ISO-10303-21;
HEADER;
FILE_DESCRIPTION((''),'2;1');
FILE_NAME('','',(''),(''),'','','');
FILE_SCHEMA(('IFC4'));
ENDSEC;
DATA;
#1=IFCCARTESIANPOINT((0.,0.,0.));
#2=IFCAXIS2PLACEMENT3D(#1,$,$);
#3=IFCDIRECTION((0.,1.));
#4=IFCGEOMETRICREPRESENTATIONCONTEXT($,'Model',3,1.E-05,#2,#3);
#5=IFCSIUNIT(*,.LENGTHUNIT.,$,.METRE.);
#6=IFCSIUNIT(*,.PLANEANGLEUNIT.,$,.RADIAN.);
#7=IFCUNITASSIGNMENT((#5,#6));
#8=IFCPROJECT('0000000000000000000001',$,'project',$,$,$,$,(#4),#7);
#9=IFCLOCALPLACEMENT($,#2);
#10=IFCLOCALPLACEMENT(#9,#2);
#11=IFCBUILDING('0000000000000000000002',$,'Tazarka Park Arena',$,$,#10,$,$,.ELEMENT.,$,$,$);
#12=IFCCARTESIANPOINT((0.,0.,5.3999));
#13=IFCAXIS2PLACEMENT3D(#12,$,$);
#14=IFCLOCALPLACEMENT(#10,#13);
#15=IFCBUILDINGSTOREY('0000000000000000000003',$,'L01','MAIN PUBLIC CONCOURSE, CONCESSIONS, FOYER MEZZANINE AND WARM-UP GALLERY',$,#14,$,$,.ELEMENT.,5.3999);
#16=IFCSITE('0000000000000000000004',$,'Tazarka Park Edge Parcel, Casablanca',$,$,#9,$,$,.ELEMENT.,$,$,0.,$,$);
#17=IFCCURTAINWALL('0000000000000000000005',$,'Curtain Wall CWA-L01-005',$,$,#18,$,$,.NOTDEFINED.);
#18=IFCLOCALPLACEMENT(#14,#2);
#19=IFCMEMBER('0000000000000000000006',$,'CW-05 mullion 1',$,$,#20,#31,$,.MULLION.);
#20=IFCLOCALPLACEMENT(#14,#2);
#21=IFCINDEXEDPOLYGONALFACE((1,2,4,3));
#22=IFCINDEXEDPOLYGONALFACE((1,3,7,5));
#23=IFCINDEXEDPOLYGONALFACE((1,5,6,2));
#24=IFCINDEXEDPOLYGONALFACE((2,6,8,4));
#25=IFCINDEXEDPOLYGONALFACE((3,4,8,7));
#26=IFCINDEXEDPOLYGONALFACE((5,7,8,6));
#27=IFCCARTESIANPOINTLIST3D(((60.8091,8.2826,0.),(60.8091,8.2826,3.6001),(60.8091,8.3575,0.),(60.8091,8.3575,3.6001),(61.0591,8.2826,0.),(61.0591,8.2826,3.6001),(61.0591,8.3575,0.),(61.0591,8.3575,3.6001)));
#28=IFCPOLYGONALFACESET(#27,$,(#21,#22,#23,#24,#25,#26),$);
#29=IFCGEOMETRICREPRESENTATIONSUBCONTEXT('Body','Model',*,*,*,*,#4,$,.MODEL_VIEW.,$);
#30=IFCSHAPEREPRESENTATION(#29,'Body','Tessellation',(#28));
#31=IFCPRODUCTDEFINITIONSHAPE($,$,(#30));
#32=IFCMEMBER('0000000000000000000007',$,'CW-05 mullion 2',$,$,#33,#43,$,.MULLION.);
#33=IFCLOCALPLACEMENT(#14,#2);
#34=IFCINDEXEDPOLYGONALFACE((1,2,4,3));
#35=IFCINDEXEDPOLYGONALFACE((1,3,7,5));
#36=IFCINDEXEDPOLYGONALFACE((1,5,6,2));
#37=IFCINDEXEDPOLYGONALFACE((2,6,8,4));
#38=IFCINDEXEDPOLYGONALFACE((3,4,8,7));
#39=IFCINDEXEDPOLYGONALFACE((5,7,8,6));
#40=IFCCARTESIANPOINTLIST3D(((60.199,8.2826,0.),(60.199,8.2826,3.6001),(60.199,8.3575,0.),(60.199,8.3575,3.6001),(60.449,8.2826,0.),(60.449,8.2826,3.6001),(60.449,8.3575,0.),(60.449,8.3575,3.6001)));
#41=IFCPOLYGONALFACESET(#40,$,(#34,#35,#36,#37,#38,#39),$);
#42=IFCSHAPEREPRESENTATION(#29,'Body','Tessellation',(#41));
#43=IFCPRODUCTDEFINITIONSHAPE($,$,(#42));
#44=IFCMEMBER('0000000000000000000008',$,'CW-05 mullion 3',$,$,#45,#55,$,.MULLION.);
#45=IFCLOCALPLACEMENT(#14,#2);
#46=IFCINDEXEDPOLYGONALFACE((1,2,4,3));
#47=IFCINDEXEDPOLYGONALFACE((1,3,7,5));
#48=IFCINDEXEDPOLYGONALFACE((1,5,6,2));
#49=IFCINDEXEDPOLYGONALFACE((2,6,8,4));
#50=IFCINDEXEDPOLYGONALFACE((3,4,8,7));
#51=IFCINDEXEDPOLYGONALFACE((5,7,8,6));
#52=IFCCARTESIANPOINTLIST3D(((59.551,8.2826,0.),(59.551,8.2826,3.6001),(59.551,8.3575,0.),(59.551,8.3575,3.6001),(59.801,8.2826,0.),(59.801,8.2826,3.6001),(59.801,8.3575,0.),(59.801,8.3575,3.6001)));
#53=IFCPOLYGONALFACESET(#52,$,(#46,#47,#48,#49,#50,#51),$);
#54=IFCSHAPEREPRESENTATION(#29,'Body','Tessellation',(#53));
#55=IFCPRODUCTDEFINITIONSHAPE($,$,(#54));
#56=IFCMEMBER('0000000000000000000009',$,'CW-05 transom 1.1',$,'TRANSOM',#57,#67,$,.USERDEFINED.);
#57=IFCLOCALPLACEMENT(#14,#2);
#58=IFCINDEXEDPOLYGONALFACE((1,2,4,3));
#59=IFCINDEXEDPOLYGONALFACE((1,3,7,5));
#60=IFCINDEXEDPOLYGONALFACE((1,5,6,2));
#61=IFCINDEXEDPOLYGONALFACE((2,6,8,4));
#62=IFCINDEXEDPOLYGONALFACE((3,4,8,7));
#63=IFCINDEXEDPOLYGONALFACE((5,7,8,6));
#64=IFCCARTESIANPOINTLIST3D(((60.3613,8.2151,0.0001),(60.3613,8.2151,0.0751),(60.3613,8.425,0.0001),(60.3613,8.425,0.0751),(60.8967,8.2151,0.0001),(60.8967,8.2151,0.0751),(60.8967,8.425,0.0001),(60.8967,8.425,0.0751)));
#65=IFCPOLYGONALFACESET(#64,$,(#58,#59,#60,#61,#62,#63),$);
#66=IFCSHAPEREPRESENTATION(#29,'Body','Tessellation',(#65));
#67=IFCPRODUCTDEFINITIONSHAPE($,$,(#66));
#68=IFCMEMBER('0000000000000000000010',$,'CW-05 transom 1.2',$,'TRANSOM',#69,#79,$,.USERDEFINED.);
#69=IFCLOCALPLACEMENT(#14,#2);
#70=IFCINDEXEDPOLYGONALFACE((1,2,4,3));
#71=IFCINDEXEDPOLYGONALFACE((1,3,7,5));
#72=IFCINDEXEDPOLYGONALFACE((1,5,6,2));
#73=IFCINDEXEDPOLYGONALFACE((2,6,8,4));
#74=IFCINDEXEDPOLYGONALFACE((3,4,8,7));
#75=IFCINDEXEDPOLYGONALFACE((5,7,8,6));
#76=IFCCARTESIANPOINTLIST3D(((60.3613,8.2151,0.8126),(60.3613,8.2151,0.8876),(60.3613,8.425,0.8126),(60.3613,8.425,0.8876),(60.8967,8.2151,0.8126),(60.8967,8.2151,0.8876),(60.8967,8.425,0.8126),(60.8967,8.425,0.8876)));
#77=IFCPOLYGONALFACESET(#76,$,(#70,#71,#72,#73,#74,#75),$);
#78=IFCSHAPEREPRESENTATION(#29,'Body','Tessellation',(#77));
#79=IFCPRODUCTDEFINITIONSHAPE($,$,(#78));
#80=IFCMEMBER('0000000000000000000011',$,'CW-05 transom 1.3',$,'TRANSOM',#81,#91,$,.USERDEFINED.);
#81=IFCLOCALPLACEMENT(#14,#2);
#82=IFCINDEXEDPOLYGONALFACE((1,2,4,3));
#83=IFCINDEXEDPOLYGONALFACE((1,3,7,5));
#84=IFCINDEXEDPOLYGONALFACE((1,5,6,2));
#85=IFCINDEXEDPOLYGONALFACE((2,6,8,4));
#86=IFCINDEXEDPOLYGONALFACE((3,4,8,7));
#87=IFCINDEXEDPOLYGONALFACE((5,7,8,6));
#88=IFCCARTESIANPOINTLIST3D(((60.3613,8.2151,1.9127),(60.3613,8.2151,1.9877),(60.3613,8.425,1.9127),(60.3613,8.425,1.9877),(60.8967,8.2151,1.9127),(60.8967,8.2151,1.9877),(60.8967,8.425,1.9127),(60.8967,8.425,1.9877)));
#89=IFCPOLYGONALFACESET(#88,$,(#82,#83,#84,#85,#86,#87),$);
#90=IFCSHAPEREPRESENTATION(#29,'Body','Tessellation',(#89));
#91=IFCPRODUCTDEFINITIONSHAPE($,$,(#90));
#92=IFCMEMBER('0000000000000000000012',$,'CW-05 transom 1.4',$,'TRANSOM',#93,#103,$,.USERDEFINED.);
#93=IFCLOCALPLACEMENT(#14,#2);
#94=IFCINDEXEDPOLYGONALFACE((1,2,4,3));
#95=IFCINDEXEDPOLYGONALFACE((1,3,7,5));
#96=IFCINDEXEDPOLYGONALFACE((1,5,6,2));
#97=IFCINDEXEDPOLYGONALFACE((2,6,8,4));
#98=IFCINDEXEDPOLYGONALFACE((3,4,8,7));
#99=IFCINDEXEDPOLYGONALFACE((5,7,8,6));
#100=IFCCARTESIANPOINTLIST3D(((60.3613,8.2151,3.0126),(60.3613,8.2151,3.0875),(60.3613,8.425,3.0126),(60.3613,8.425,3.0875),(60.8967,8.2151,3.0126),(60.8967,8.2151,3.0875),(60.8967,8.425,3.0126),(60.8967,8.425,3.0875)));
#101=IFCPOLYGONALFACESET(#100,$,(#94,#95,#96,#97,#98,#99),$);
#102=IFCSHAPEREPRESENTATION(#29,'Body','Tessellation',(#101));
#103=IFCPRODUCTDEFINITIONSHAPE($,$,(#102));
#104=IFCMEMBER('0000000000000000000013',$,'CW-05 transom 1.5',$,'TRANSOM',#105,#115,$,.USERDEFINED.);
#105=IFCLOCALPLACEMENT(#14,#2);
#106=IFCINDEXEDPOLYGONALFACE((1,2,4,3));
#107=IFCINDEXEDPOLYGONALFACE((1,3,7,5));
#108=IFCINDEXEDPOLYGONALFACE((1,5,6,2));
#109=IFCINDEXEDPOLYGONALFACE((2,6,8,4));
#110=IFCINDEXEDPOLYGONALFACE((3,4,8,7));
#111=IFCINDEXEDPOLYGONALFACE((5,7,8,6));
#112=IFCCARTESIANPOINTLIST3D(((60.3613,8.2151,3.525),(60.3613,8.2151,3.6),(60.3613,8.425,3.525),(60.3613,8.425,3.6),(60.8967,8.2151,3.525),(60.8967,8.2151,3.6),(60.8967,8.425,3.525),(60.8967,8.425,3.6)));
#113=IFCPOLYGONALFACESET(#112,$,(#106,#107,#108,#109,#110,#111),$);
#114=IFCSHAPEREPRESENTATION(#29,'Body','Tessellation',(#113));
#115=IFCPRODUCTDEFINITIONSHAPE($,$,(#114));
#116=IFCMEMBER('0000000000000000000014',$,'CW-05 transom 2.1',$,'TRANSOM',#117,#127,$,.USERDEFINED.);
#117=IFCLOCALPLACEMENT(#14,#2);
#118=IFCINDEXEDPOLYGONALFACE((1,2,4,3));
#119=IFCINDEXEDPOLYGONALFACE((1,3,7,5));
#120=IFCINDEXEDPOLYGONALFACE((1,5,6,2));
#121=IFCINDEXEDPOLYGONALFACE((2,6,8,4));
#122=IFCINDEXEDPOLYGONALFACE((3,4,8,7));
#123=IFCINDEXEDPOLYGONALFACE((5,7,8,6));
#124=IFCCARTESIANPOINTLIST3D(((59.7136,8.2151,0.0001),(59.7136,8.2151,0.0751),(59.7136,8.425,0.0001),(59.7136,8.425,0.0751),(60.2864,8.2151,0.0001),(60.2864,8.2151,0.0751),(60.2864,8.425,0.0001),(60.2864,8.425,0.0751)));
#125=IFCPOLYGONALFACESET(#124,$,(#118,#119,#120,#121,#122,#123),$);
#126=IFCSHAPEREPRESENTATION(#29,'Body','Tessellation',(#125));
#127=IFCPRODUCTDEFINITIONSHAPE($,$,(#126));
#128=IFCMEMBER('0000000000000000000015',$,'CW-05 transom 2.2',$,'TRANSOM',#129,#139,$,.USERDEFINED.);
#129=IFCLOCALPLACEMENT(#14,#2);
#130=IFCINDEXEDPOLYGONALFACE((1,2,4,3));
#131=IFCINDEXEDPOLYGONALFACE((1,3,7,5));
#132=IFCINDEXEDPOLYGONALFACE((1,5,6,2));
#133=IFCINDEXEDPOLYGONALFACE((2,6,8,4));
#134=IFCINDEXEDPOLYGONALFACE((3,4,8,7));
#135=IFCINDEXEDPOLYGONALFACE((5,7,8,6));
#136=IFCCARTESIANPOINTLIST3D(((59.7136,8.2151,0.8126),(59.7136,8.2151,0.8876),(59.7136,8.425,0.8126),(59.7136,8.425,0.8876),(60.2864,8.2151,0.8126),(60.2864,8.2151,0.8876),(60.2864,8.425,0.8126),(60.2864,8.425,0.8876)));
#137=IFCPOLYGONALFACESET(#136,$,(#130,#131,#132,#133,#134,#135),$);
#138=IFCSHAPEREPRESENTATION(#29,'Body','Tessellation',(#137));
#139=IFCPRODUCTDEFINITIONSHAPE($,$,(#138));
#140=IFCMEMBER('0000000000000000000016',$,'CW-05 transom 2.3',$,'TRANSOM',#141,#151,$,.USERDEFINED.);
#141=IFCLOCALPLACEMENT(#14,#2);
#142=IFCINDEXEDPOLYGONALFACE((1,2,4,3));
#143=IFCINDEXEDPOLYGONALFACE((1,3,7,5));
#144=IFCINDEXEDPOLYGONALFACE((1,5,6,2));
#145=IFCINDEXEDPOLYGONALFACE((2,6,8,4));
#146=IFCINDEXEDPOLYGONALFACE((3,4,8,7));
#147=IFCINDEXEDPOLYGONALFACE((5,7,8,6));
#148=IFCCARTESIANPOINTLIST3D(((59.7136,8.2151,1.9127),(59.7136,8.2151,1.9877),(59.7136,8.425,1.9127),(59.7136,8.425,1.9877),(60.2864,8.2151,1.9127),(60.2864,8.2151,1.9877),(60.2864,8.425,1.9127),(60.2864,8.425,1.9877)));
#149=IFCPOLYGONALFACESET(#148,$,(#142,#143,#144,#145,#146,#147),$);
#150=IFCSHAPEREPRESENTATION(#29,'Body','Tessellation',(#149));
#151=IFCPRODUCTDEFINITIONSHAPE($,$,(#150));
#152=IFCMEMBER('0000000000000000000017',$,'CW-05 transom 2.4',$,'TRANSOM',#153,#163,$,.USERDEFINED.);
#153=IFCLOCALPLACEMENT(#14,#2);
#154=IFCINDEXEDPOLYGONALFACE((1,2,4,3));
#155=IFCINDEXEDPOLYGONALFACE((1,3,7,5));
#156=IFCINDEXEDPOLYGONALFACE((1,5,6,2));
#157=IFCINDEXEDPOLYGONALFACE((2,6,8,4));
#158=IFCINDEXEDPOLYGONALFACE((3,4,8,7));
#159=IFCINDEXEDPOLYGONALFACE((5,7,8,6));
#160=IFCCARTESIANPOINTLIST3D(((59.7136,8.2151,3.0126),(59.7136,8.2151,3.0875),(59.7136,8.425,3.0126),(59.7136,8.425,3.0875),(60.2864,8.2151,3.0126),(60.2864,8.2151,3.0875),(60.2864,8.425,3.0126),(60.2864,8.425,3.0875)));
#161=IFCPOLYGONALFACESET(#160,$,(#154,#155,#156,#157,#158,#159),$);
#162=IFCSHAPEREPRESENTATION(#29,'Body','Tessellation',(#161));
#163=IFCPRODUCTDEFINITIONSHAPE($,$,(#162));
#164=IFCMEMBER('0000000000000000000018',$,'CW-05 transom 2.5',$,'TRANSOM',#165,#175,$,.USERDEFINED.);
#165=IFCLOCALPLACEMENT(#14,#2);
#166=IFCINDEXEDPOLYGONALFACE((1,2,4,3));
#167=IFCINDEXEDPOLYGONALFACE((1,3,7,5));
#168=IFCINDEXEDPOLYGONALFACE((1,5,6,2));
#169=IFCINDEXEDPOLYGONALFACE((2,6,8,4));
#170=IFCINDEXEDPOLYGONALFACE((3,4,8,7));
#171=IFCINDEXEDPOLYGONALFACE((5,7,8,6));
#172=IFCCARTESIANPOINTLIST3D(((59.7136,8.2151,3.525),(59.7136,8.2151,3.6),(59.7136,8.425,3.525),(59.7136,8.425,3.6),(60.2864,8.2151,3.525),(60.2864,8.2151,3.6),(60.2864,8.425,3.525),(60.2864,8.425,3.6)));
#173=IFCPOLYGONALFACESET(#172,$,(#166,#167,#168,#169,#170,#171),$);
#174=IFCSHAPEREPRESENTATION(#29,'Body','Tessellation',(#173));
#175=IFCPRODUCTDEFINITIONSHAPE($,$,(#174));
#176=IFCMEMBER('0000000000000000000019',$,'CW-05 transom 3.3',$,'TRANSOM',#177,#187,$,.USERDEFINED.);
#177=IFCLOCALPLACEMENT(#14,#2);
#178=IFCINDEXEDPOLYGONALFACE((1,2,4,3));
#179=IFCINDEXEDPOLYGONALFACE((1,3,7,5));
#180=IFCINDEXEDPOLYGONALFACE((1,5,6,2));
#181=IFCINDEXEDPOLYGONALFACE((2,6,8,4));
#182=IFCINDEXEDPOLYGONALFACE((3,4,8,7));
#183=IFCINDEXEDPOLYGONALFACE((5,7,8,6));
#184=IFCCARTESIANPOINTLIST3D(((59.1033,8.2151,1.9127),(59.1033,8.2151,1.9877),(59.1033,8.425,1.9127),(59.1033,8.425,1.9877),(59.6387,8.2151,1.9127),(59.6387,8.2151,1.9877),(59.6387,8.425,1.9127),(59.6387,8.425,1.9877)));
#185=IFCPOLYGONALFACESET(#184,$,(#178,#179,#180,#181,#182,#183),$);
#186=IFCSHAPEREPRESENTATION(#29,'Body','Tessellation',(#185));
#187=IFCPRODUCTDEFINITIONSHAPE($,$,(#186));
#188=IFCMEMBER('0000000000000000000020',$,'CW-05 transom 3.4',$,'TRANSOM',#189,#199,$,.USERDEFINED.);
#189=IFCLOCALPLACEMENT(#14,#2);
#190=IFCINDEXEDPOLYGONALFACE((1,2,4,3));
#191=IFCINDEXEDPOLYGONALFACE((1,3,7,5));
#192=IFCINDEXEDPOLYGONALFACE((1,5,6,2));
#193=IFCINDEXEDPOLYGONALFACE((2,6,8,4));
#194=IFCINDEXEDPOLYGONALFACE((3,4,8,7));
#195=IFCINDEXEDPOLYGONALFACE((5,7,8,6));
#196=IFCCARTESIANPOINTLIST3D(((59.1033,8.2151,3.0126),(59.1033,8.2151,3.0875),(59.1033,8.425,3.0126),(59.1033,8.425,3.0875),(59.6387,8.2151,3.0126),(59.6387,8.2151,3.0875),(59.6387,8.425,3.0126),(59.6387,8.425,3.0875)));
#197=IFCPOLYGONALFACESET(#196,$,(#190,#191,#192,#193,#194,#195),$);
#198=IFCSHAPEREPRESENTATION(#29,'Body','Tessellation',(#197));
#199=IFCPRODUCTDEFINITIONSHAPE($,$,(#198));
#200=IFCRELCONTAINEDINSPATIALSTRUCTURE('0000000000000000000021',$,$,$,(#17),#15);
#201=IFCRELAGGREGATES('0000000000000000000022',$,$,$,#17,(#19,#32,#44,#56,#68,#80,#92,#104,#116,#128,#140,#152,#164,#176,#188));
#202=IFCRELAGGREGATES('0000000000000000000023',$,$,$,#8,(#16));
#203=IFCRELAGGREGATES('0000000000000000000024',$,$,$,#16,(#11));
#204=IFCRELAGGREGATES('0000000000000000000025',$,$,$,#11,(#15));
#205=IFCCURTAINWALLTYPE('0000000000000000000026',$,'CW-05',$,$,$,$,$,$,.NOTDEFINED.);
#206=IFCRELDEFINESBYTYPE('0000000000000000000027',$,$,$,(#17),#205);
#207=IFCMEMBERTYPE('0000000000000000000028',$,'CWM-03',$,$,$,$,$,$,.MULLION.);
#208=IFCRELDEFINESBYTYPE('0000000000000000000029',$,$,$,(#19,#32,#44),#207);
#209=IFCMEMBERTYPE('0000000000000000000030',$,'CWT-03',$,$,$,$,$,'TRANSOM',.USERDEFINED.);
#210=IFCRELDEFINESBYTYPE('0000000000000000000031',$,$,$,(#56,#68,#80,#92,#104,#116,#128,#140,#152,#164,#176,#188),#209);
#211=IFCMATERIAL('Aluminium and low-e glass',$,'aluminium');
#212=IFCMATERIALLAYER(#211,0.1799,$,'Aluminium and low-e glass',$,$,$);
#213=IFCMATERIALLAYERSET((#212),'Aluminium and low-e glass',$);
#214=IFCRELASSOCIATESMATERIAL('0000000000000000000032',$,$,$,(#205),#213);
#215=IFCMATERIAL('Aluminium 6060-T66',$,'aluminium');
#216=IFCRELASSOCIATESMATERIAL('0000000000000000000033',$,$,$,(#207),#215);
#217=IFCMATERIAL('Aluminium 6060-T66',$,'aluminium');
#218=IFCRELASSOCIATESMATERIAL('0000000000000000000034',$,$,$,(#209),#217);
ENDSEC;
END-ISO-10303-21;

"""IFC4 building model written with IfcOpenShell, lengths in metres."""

from ifc_helpers import new_model, si_unit, direction, frame, origin, origin_2d, place, context, subcontext, project, spatial, rectangle, extrude, material, layer, layer_set, material_profile, profile_set, type_object, element, aggregate, save


model = new_model("IFC4")

# Units and contexts
model_context = context("Model", 3, precision=1e-05, world=origin(), true_north=direction((0.0, 1.0)))
body_context = subcontext(model_context, "Body", "Model", "MODEL_VIEW")
ifc_project = project(units=[si_unit("LENGTHUNIT", "METRE"), si_unit("PLANEANGLEUNIT", "RADIAN")], contexts=[model_context])

# Site, building, storey
site_placement = place(None, origin())
site = spatial("IfcSite", under=ifc_project, at=site_placement, Name="Tazarka Park Edge Parcel, Casablanca", CompositionType="ELEMENT", RefElevation=0.0)
building_placement = place(site_placement, origin())
building = spatial("IfcBuilding", under=site, at=building_placement, Name="Tazarka Park Arena", CompositionType="ELEMENT")
storey_placement = place(building_placement, frame((0.0, 0.0, 5.3999)))
storey = spatial("IfcBuildingStorey", under=building, at=storey_placement, Name="L01", Description="MAIN PUBLIC CONCOURSE, CONCESSIONS, FOYER MEZZANINE AND WARM-UP GALLERY", CompositionType="ELEMENT", Elevation=5.3999)

# Curtain wall, members
ifc_material_1 = material(Name="Aluminium and low-e glass", Category="aluminium")
ifc_layer_1 = layer(ifc_material_1, 0.1799, Name="Aluminium and low-e glass")
ifc_layer_set_1 = layer_set([ifc_layer_1], Name="Aluminium and low-e glass")
curtain_wall_type = type_object("IfcCurtainWallType", Name="CW-05", PredefinedType="NOTDEFINED", material=ifc_layer_set_1)
curtain_wall_placement = place(storey_placement, origin())
curtain_wall = element("IfcCurtainWall", 1, at=curtain_wall_placement, inside=storey, type_object=curtain_wall_type, Name="Curtain Wall CWA-L01-005", PredefinedType="NOTDEFINED")
ifc_material_2 = material(Name="Aluminium 6060-T66", Category="aluminium")
ifc_material_profile_1 = material_profile(ifc_material_2, rectangle(XDim=0.075, YDim=0.25, at=origin_2d()), Name="Aluminium 6060-T66")
ifc_profile_set_1 = profile_set([ifc_material_profile_1], Name="Aluminium 6060-T66")
member_type_1 = type_object("IfcMemberType", Name="CWM-03", PredefinedType="MULLION", material=ifc_profile_set_1)
member_1_placement = place(storey_placement, frame((60.9341, 8.3201, 0.0), z_axis=(0.0, 0.0, 1.0), x_axis=(0.0, -1.0, 0.0)))
member_1 = element("IfcMember", 2, at=member_1_placement, type_object=member_type_1, Name="CW-05 mullion 1", PredefinedType="MULLION", context=body_context, shape_type="SweptSolid", body=[
    extrude(rectangle(XDim=0.075, YDim=0.25, at=origin_2d()), origin(), (0.0, 0.0, 1.0), 3.6001),
])
member_2_placement = place(storey_placement, frame((60.324, 8.3201, 0.0), z_axis=(0.0, 0.0, 1.0), x_axis=(0.0, -1.0, 0.0)))
member_2 = element("IfcMember", 3, at=member_2_placement, type_object=member_type_1, Name="CW-05 mullion 2", PredefinedType="MULLION", context=body_context, shape_type="SweptSolid", body=[
    extrude(rectangle(XDim=0.075, YDim=0.25, at=origin_2d()), origin(), (0.0, 0.0, 1.0), 3.6001),
])
member_3_placement = place(storey_placement, frame((59.676, 8.3201, 0.0), z_axis=(0.0, 0.0, 1.0), x_axis=(0.0, -1.0, 0.0)))
member_3 = element("IfcMember", 4, at=member_3_placement, type_object=member_type_1, Name="CW-05 mullion 3", PredefinedType="MULLION", context=body_context, shape_type="SweptSolid", body=[
    extrude(rectangle(XDim=0.075, YDim=0.25, at=origin_2d()), origin(), (0.0, 0.0, 1.0), 3.6001),
])
ifc_material_3 = material(Name="Aluminium 6060-T66", Category="aluminium")
ifc_material_profile_2 = material_profile(ifc_material_3, rectangle(XDim=0.21, YDim=0.075, at=origin_2d()), Name="Aluminium 6060-T66")
ifc_profile_set_2 = profile_set([ifc_material_profile_2], Name="Aluminium 6060-T66")
member_type_2 = type_object("IfcMemberType", Name="CWT-03", ElementType="TRANSOM", PredefinedType="USERDEFINED", material=ifc_profile_set_2)
member_4_placement = place(storey_placement, frame((60.8967, 8.3201, 0.0376), z_axis=(-1.0, 0.0, 0.0), x_axis=(0.0, -1.0, 0.0)))
member_4 = element("IfcMember", 5, at=member_4_placement, type_object=member_type_2, Name="CW-05 transom 1.1", ObjectType="TRANSOM", PredefinedType="USERDEFINED", context=body_context, shape_type="SweptSolid", body=[
    extrude(rectangle(XDim=0.21, YDim=0.075, at=origin_2d()), origin(), (0.0, 0.0, 1.0), 0.5354),
])
member_5_placement = place(storey_placement, frame((60.8967, 8.3201, 0.8501), z_axis=(-1.0, 0.0, 0.0), x_axis=(0.0, -1.0, 0.0)))
member_5 = element("IfcMember", 6, at=member_5_placement, type_object=member_type_2, Name="CW-05 transom 1.2", ObjectType="TRANSOM", PredefinedType="USERDEFINED", context=body_context, shape_type="SweptSolid", body=[
    extrude(rectangle(XDim=0.21, YDim=0.075, at=origin_2d()), origin(), (0.0, 0.0, 1.0), 0.5354),
])
member_6_placement = place(storey_placement, frame((60.8967, 8.3201, 1.9502), z_axis=(-1.0, 0.0, 0.0), x_axis=(0.0, -1.0, 0.0)))
member_6 = element("IfcMember", 7, at=member_6_placement, type_object=member_type_2, Name="CW-05 transom 1.3", ObjectType="TRANSOM", PredefinedType="USERDEFINED", context=body_context, shape_type="SweptSolid", body=[
    extrude(rectangle(XDim=0.21, YDim=0.075, at=origin_2d()), origin(), (0.0, 0.0, 1.0), 0.5354),
])
member_7_placement = place(storey_placement, frame((60.8967, 8.3201, 3.05), z_axis=(-1.0, 0.0, 0.0), x_axis=(0.0, -1.0, 0.0)))
member_7 = element("IfcMember", 8, at=member_7_placement, type_object=member_type_2, Name="CW-05 transom 1.4", ObjectType="TRANSOM", PredefinedType="USERDEFINED", context=body_context, shape_type="SweptSolid", body=[
    extrude(rectangle(XDim=0.21, YDim=0.075, at=origin_2d()), origin(), (0.0, 0.0, 1.0), 0.5354),
])
member_8_placement = place(storey_placement, frame((60.8967, 8.3201, 3.5625), z_axis=(-1.0, 0.0, 0.0), x_axis=(0.0, -1.0, 0.0)))
member_8 = element("IfcMember", 9, at=member_8_placement, type_object=member_type_2, Name="CW-05 transom 1.5", ObjectType="TRANSOM", PredefinedType="USERDEFINED", context=body_context, shape_type="SweptSolid", body=[
    extrude(rectangle(XDim=0.21, YDim=0.075, at=origin_2d()), origin(), (0.0, 0.0, 1.0), 0.5354),
])
member_9_placement = place(storey_placement, frame((60.2864, 8.3201, 0.0376), z_axis=(-1.0, 0.0, 0.0), x_axis=(0.0, -1.0, 0.0)))
member_9 = element("IfcMember", 10, at=member_9_placement, type_object=member_type_2, Name="CW-05 transom 2.1", ObjectType="TRANSOM", PredefinedType="USERDEFINED", context=body_context, shape_type="SweptSolid", body=[
    extrude(rectangle(XDim=0.21, YDim=0.075, at=origin_2d()), origin(), (0.0, 0.0, 1.0), 0.5728),
])
member_10_placement = place(storey_placement, frame((60.2864, 8.3201, 0.8501), z_axis=(-1.0, 0.0, 0.0), x_axis=(0.0, -1.0, 0.0)))
member_10 = element("IfcMember", 11, at=member_10_placement, type_object=member_type_2, Name="CW-05 transom 2.2", ObjectType="TRANSOM", PredefinedType="USERDEFINED", context=body_context, shape_type="SweptSolid", body=[
    extrude(rectangle(XDim=0.21, YDim=0.075, at=origin_2d()), origin(), (0.0, 0.0, 1.0), 0.5728),
])
member_11_placement = place(storey_placement, frame((60.2864, 8.3201, 1.9502), z_axis=(-1.0, 0.0, 0.0), x_axis=(0.0, -1.0, 0.0)))
member_11 = element("IfcMember", 12, at=member_11_placement, type_object=member_type_2, Name="CW-05 transom 2.3", ObjectType="TRANSOM", PredefinedType="USERDEFINED", context=body_context, shape_type="SweptSolid", body=[
    extrude(rectangle(XDim=0.21, YDim=0.075, at=origin_2d()), origin(), (0.0, 0.0, 1.0), 0.5728),
])
member_12_placement = place(storey_placement, frame((60.2864, 8.3201, 3.05), z_axis=(-1.0, 0.0, 0.0), x_axis=(0.0, -1.0, 0.0)))
member_12 = element("IfcMember", 13, at=member_12_placement, type_object=member_type_2, Name="CW-05 transom 2.4", ObjectType="TRANSOM", PredefinedType="USERDEFINED", context=body_context, shape_type="SweptSolid", body=[
    extrude(rectangle(XDim=0.21, YDim=0.075, at=origin_2d()), origin(), (0.0, 0.0, 1.0), 0.5728),
])
member_13_placement = place(storey_placement, frame((60.2864, 8.3201, 3.5625), z_axis=(-1.0, 0.0, 0.0), x_axis=(0.0, -1.0, 0.0)))
member_13 = element("IfcMember", 14, at=member_13_placement, type_object=member_type_2, Name="CW-05 transom 2.5", ObjectType="TRANSOM", PredefinedType="USERDEFINED", context=body_context, shape_type="SweptSolid", body=[
    extrude(rectangle(XDim=0.21, YDim=0.075, at=origin_2d()), origin(), (0.0, 0.0, 1.0), 0.5728),
])
member_14_placement = place(storey_placement, frame((59.6387, 8.3201, 1.9502), z_axis=(-1.0, 0.0, 0.0), x_axis=(0.0, -1.0, 0.0)))
member_14 = element("IfcMember", 15, at=member_14_placement, type_object=member_type_2, Name="CW-05 transom 3.3", ObjectType="TRANSOM", PredefinedType="USERDEFINED", context=body_context, shape_type="SweptSolid", body=[
    extrude(rectangle(XDim=0.21, YDim=0.075, at=origin_2d()), origin(), (0.0, 0.0, 1.0), 0.5354),
])
member_15_placement = place(storey_placement, frame((59.6387, 8.3201, 3.05), z_axis=(-1.0, 0.0, 0.0), x_axis=(0.0, -1.0, 0.0)))
member_15 = element("IfcMember", 16, at=member_15_placement, type_object=member_type_2, Name="CW-05 transom 3.4", ObjectType="TRANSOM", PredefinedType="USERDEFINED", context=body_context, shape_type="SweptSolid", body=[
    extrude(rectangle(XDim=0.21, YDim=0.075, at=origin_2d()), origin(), (0.0, 0.0, 1.0), 0.5354),
])
aggregate(curtain_wall, [member_1, member_2, member_3, member_4, member_5, member_6, member_7, member_8, member_9, member_10, member_11, member_12, member_13, member_14, member_15])

save(model, "model.ifc")
